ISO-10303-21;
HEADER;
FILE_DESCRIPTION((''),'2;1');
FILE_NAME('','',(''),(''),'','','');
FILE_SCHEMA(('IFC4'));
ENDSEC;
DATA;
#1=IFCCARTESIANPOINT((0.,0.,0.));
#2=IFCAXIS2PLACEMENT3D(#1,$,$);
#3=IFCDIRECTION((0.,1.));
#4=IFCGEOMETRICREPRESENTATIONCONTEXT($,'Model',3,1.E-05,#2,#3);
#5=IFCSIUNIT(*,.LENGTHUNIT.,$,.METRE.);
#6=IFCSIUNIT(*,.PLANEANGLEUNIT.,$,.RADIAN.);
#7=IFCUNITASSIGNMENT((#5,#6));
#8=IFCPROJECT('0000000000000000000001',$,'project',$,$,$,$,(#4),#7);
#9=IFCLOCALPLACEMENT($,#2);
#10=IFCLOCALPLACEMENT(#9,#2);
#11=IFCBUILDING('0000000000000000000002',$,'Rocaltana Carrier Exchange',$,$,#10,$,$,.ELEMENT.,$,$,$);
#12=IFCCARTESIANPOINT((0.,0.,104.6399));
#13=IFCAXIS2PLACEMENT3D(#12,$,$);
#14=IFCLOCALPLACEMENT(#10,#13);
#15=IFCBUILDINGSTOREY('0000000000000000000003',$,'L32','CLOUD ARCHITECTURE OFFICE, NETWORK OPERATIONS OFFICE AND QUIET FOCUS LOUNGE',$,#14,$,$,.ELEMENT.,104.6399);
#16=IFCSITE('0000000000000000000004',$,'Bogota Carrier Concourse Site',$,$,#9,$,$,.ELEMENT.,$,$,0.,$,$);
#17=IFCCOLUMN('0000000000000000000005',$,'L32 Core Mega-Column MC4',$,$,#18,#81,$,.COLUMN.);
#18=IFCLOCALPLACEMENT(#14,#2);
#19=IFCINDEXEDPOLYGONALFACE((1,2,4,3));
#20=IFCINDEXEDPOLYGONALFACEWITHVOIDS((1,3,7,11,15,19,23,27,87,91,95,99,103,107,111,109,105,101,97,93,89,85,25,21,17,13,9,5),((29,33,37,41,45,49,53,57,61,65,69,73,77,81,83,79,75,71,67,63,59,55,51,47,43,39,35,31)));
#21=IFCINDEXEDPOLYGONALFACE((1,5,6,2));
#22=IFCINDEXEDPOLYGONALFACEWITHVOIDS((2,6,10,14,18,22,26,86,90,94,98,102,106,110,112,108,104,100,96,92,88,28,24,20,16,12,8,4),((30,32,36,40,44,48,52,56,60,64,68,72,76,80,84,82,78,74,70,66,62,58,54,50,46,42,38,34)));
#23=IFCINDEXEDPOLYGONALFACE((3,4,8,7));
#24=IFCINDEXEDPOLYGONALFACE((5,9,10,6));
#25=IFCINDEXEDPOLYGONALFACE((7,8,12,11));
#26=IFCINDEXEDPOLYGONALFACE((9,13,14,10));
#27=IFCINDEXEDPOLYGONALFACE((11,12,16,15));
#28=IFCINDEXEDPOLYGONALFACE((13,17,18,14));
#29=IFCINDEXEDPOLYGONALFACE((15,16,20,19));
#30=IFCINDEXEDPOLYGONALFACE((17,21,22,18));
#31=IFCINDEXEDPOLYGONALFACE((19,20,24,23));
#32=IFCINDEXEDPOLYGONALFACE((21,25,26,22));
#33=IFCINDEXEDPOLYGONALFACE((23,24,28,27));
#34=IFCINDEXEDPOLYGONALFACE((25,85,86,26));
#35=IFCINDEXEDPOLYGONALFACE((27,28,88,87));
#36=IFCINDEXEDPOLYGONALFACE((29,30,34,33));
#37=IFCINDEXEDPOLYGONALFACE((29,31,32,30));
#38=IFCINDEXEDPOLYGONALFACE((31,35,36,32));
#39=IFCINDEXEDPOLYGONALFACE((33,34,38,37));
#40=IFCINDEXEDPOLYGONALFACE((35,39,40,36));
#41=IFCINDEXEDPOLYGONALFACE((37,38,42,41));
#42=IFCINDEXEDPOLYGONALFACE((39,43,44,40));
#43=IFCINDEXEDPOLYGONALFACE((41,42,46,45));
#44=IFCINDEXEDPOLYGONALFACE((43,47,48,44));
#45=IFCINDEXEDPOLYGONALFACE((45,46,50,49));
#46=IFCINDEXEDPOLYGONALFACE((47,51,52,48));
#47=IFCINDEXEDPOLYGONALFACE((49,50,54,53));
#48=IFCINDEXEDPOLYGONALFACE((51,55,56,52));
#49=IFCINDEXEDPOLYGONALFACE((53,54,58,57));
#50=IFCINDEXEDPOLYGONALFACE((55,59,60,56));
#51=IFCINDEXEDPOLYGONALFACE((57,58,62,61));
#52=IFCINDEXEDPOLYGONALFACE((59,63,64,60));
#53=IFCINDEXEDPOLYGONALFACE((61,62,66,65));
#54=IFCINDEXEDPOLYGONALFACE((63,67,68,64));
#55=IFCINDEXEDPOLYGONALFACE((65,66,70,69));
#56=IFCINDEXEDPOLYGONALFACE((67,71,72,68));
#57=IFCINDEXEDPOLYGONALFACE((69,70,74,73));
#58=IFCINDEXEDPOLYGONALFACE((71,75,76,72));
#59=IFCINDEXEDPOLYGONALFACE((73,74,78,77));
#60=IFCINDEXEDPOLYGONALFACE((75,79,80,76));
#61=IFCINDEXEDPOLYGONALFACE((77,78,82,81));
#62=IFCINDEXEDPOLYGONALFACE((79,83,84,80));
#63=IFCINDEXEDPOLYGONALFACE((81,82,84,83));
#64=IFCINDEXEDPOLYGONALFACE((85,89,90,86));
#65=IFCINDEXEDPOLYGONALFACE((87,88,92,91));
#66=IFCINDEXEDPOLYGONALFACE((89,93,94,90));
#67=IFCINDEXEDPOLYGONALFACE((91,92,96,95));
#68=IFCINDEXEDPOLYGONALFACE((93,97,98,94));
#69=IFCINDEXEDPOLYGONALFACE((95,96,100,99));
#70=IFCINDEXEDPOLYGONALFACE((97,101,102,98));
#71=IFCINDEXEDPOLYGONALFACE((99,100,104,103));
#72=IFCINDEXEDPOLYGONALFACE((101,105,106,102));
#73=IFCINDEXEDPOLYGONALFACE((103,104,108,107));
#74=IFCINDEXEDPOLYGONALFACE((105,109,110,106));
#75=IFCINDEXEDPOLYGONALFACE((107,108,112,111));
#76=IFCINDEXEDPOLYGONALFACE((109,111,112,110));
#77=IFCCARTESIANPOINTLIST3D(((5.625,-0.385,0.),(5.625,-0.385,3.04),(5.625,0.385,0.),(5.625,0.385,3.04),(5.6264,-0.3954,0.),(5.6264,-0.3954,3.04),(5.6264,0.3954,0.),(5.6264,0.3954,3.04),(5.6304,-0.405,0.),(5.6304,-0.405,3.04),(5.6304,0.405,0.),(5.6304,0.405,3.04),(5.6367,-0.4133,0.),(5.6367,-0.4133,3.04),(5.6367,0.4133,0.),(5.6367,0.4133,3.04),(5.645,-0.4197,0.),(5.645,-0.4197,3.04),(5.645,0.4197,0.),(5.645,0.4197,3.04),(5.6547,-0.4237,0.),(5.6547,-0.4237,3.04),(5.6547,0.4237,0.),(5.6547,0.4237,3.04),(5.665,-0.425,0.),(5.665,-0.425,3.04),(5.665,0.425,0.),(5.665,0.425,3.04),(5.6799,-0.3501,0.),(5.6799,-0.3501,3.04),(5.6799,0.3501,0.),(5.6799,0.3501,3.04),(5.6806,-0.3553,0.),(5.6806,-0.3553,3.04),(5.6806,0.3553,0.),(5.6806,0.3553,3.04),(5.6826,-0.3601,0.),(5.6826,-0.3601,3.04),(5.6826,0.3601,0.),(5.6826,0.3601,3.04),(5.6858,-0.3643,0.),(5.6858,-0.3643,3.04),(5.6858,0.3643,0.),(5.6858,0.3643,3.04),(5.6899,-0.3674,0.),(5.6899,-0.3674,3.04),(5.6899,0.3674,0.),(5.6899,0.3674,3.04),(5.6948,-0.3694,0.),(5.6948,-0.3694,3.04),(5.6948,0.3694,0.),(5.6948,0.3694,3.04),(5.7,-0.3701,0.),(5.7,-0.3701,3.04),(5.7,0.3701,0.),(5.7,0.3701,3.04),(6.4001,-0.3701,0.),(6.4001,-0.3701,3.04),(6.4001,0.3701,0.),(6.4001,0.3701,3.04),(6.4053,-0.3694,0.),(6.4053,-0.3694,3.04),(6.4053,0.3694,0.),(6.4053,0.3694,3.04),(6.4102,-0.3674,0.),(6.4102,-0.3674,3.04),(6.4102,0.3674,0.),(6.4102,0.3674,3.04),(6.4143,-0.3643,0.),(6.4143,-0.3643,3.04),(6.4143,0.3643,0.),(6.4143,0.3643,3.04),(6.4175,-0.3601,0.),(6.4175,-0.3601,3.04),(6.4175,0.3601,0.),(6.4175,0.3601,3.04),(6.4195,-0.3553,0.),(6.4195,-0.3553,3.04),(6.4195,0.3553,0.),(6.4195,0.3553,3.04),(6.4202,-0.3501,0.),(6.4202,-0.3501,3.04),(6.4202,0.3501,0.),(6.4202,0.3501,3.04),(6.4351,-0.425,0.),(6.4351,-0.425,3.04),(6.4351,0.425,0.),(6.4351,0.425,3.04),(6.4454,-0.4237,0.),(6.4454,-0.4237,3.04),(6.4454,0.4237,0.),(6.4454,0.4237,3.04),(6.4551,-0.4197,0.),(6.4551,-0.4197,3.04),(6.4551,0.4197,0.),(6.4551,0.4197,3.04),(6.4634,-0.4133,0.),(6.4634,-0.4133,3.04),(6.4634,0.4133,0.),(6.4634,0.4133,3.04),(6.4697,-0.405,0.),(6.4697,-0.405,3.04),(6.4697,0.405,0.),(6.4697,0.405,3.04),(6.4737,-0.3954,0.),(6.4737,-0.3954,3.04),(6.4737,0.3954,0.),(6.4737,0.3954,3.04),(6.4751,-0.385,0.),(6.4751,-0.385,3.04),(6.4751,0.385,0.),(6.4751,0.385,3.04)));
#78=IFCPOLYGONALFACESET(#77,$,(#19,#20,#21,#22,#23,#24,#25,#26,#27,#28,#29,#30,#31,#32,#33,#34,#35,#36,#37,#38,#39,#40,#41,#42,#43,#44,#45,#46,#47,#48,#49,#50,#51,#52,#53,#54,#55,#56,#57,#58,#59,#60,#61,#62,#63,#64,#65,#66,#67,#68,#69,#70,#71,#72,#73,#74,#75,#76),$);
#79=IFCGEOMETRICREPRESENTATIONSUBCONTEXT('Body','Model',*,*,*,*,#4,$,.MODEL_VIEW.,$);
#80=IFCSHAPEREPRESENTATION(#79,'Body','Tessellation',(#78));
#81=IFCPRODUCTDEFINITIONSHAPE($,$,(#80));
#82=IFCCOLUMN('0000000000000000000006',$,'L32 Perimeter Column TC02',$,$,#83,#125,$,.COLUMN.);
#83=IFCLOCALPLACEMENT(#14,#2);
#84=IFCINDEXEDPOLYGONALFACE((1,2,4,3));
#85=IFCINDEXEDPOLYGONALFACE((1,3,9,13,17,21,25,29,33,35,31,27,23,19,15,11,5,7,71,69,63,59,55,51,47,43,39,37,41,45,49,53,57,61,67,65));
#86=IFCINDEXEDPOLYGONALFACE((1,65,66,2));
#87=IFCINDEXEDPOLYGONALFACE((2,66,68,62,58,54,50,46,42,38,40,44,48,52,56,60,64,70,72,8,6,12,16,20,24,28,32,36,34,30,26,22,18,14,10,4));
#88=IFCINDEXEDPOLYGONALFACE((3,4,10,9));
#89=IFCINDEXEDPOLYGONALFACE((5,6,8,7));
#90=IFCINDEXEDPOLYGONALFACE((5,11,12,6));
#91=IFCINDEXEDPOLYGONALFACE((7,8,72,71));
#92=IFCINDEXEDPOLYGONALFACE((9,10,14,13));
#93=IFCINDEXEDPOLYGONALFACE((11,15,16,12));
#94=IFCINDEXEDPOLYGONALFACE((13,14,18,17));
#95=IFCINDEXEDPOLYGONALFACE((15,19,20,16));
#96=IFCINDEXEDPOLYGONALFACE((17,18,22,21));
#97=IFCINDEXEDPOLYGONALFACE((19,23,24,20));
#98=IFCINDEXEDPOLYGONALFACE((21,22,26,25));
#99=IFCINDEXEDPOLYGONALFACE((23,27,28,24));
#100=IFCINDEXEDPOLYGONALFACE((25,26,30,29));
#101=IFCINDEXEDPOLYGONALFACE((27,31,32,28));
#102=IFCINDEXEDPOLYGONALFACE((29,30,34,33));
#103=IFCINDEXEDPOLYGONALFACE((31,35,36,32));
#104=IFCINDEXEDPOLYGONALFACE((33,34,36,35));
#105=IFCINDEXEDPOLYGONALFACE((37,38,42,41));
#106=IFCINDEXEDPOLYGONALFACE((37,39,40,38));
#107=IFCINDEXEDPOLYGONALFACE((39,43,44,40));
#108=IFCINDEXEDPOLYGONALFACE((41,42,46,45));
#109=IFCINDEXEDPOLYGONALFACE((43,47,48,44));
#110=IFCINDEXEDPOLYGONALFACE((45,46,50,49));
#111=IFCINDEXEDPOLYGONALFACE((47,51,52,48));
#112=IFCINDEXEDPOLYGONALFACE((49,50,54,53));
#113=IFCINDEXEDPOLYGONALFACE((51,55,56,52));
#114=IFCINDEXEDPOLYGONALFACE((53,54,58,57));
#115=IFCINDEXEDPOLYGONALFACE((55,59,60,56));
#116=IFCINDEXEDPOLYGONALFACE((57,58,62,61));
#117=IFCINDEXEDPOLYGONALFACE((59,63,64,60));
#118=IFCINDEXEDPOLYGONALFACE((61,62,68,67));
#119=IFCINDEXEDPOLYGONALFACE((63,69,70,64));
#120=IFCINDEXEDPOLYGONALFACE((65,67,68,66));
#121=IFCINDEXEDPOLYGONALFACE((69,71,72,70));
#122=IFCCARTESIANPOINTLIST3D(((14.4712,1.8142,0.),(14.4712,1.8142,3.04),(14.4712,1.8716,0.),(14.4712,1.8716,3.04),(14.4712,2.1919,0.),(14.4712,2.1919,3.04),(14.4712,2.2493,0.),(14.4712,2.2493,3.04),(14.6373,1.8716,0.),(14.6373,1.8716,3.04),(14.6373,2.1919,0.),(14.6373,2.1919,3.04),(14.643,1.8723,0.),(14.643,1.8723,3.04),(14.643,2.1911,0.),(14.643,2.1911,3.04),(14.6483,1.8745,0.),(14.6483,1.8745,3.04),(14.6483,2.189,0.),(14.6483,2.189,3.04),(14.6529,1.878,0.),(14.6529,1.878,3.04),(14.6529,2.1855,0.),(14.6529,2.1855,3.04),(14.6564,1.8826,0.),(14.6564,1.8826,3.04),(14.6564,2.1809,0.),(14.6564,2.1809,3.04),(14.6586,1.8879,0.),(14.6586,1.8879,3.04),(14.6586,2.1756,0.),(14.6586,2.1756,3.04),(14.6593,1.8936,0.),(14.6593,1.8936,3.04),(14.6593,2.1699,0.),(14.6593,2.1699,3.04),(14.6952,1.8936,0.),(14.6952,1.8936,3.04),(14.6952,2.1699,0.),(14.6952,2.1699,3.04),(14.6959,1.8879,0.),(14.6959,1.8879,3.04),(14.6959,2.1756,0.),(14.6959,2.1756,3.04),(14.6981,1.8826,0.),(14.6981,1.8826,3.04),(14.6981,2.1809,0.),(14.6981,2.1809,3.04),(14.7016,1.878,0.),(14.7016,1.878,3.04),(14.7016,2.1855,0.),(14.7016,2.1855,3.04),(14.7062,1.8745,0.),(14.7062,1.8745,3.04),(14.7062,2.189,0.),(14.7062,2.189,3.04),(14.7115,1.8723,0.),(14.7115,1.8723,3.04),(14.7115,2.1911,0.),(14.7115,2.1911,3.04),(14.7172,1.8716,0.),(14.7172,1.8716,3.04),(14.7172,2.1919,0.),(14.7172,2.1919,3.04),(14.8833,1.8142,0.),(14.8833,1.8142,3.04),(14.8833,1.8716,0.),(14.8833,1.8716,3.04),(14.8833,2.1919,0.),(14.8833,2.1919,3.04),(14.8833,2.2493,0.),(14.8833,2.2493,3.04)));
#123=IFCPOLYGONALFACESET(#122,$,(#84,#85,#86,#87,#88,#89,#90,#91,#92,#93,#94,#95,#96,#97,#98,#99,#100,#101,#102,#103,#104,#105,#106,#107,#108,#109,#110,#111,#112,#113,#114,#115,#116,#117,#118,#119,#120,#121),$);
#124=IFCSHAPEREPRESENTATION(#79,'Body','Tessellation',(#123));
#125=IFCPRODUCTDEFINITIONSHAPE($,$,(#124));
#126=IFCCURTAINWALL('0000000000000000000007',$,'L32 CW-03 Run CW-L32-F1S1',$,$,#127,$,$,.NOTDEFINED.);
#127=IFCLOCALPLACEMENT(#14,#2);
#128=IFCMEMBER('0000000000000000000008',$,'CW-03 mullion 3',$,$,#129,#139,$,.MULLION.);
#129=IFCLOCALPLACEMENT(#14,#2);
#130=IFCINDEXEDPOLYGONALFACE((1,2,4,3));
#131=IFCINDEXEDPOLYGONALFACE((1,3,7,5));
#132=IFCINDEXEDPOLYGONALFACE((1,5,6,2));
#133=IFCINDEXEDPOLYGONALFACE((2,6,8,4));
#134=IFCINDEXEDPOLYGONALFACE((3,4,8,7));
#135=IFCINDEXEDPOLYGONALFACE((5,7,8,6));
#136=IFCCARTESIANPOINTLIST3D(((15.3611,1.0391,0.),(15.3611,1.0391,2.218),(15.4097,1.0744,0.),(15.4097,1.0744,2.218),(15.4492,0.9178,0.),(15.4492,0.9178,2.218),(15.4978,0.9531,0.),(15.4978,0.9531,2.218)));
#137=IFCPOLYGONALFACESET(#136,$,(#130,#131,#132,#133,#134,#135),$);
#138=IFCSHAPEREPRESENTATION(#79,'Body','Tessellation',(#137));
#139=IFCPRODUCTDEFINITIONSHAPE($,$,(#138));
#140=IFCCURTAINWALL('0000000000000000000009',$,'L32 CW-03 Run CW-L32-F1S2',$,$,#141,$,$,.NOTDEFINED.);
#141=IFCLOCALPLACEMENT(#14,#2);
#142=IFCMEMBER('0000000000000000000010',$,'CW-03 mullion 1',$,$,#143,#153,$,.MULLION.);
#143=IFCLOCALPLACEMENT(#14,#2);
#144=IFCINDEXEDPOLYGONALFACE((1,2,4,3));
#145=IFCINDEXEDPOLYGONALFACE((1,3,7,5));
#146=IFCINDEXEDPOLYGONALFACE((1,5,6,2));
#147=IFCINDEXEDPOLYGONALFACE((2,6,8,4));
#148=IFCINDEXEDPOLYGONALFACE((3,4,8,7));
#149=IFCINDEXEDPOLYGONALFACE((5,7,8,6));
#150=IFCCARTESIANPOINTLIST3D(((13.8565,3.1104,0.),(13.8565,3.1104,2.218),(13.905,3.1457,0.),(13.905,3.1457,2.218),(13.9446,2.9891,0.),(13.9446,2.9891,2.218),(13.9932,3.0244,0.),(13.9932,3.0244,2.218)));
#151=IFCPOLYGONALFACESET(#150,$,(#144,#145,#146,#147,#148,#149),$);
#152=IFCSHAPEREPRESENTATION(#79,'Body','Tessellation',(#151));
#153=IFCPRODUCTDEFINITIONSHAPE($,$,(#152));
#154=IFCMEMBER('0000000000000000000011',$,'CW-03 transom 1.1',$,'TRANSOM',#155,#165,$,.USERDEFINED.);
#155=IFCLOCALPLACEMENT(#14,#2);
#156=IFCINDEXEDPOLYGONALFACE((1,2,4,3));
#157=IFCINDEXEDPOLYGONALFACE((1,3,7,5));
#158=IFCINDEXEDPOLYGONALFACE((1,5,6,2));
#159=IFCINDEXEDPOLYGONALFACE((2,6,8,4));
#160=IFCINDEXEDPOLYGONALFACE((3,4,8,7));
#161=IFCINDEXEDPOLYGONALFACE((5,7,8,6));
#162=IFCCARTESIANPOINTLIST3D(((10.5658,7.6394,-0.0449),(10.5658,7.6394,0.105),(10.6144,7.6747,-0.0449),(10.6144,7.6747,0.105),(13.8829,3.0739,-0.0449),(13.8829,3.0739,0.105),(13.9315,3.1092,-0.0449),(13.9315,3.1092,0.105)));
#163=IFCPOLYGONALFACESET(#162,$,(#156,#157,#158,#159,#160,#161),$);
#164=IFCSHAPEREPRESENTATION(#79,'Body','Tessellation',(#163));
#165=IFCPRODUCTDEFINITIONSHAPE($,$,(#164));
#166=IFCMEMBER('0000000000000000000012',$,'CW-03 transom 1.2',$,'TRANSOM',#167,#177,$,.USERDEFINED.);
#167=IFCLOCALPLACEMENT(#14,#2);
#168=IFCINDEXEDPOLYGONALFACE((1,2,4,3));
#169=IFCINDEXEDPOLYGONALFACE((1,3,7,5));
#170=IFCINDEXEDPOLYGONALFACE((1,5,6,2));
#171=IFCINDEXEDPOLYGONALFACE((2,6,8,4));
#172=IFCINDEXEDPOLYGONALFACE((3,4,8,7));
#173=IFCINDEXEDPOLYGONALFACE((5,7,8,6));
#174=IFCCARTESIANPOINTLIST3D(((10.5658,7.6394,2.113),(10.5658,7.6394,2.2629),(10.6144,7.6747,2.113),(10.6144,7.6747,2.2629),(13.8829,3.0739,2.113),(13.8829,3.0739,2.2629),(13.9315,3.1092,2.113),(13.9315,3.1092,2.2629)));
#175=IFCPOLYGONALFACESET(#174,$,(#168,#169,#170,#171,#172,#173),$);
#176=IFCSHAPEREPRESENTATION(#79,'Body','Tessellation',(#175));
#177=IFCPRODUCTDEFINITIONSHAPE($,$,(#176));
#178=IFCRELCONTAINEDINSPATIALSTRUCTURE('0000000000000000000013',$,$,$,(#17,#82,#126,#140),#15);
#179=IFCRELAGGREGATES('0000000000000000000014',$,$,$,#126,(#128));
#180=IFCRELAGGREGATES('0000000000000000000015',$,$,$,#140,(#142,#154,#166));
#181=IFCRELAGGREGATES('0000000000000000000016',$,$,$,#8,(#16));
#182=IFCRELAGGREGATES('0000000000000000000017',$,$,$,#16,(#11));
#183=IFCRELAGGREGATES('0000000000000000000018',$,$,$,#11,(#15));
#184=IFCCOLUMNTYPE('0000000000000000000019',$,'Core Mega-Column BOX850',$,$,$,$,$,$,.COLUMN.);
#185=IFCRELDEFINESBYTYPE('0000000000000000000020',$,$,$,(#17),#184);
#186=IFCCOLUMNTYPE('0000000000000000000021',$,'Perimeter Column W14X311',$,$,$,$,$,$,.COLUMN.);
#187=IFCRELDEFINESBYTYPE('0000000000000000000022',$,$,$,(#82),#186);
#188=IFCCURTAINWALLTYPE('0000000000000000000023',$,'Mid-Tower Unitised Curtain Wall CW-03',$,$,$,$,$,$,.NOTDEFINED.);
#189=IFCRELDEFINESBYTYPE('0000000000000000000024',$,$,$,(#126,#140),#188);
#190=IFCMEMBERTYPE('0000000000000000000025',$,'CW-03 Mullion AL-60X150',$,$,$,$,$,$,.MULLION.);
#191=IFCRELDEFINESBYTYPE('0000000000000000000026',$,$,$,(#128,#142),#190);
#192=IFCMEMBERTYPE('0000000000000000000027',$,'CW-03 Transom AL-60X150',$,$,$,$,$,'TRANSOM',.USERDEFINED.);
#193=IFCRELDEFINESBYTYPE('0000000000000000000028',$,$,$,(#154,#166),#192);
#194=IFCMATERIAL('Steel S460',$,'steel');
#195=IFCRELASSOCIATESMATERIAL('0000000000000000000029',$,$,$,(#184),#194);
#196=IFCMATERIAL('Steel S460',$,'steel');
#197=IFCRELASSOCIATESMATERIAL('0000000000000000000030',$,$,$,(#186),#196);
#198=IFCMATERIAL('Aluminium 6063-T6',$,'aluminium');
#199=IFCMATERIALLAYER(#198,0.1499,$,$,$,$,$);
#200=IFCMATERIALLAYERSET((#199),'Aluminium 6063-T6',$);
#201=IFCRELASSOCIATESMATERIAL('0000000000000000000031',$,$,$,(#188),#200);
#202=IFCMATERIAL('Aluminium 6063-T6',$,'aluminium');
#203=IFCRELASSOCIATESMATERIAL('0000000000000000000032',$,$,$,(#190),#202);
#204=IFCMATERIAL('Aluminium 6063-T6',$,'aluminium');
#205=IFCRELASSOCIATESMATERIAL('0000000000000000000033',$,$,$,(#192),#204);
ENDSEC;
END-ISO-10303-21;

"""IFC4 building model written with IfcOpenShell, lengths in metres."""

from ifc_helpers import new_model, si_unit, direction, frame, origin, origin_2d, place, context, subcontext, project, spatial, rectangle, hollow_rectangle, i_section, extrude, material, layer, layer_set, material_profile, profile_set, type_object, element, aggregate, save


model = new_model("IFC4")

# Units and contexts
model_context = context("Model", 3, precision=1e-05, world=origin(), true_north=direction((0.0, 1.0)))
body_context = subcontext(model_context, "Body", "Model", "MODEL_VIEW")
ifc_project = project(units=[si_unit("LENGTHUNIT", "METRE"), si_unit("PLANEANGLEUNIT", "RADIAN")], contexts=[model_context])

# Site, building, storey
site_placement = place(None, origin())
site = spatial("IfcSite", under=ifc_project, at=site_placement, Name="Bogota Carrier Concourse Site", CompositionType="ELEMENT", RefElevation=0.0)
building_placement = place(site_placement, origin())
building = spatial("IfcBuilding", under=site, at=building_placement, Name="Rocaltana Carrier Exchange", CompositionType="ELEMENT")
storey_placement = place(building_placement, frame((0.0, 0.0, 104.6399)))
storey = spatial("IfcBuildingStorey", under=building, at=storey_placement, Name="L32", Description="CLOUD ARCHITECTURE OFFICE, NETWORK OPERATIONS OFFICE AND QUIET FOCUS LOUNGE", CompositionType="ELEMENT", Elevation=104.6399)

# Columns
ifc_material_1 = material(Name="Steel S460", Category="steel")
ifc_material_profile_1 = material_profile(ifc_material_1, hollow_rectangle(XDim=0.8501, YDim=0.8501, WallThickness=0.0549, InnerFilletRadius=0.02, OuterFilletRadius=0.04, at=origin_2d()), Name="BOX850X850X55")
ifc_profile_set_1 = profile_set([ifc_material_profile_1], Name="Steel S460")
column_type_1 = type_object("IfcColumnType", Name="Core Mega-Column BOX850", PredefinedType="COLUMN", material=ifc_profile_set_1)
column_1_placement = place(storey_placement, frame((6.05, 0.0, 0.0), z_axis=(0.0, 0.0, 1.0), x_axis=(1.0, 0.0, 0.0)))
element("IfcColumn", 1, at=column_1_placement, inside=storey, type_object=column_type_1, Name="L32 Core Mega-Column MC4", PredefinedType="COLUMN", context=body_context, shape_type="SweptSolid", body=[
    extrude(hollow_rectangle(XDim=0.8501, YDim=0.8501, WallThickness=0.0549, InnerFilletRadius=0.02, OuterFilletRadius=0.04, at=origin_2d()), origin(), (0.0, 0.0, 1.0), 3.04),
])
ifc_material_2 = material(Name="Steel S460", Category="steel")
ifc_material_profile_2 = material_profile(ifc_material_2, i_section(OverallWidth=0.4121, OverallDepth=0.4351, WebThickness=0.0359, FlangeThickness=0.0574, FilletRadius=0.022, at=origin_2d()), Name="W14X311")
ifc_profile_set_2 = profile_set([ifc_material_profile_2], Name="Steel S460")
column_type_2 = type_object("IfcColumnType", Name="Perimeter Column W14X311", PredefinedType="COLUMN", material=ifc_profile_set_2)
column_2_placement = place(storey_placement, frame((14.6772, 2.0317, 0.0), z_axis=(0.0, 0.0, 1.0), x_axis=(1.0, 0.0, 0.0)))
element("IfcColumn", 2, at=column_2_placement, inside=storey, type_object=column_type_2, Name="L32 Perimeter Column TC02", PredefinedType="COLUMN", context=body_context, shape_type="SweptSolid", body=[
    extrude(i_section(OverallWidth=0.4121, OverallDepth=0.4351, WebThickness=0.0359, FlangeThickness=0.0574, FilletRadius=0.022, at=origin_2d()), origin(), (0.0, 0.0, 1.0), 3.04),
])

# Curtain wall, member
ifc_material_3 = material(Name="Aluminium 6063-T6", Category="aluminium")
ifc_layer_1 = layer(ifc_material_3, 0.1499)
ifc_layer_set_1 = layer_set([ifc_layer_1], Name="Aluminium 6063-T6")
curtain_wall_type = type_object("IfcCurtainWallType", Name="Mid-Tower Unitised Curtain Wall CW-03", PredefinedType="NOTDEFINED", material=ifc_layer_set_1)
curtain_wall_1_placement = place(storey_placement, origin())
curtain_wall_1 = element("IfcCurtainWall", 3, at=curtain_wall_1_placement, inside=storey, type_object=curtain_wall_type, Name="L32 CW-03 Run CW-L32-F1S1", PredefinedType="NOTDEFINED")
ifc_material_4 = material(Name="Aluminium 6063-T6", Category="aluminium")
ifc_material_profile_3 = material_profile(ifc_material_4, rectangle(XDim=0.0601, YDim=0.1499, at=origin_2d()), Name="AL-60X150")
ifc_profile_set_3 = profile_set([ifc_material_profile_3], Name="Aluminium 6063-T6")
member_type_1 = type_object("IfcMemberType", Name="CW-03 Mullion AL-60X150", PredefinedType="MULLION", material=ifc_profile_set_3)
member_1_placement = place(storey_placement, frame((15.4294, 0.9961, 0.0), z_axis=(0.0, 0.0, 1.0), x_axis=(-0.809014, -0.58779, 0.0)))
member_1 = element("IfcMember", 4, at=member_1_placement, type_object=member_type_1, Name="CW-03 mullion 3", PredefinedType="MULLION", context=body_context, shape_type="SweptSolid", body=[
    extrude(rectangle(XDim=0.0601, YDim=0.1499, at=origin_2d()), origin(), (0.0, 0.0, 1.0), 2.218),
])
aggregate(curtain_wall_1, [member_1])

# Curtain wall, members
curtain_wall_2_placement = place(storey_placement, origin())
curtain_wall_2 = element("IfcCurtainWall", 5, at=curtain_wall_2_placement, inside=storey, type_object=curtain_wall_type, Name="L32 CW-03 Run CW-L32-F1S2", PredefinedType="NOTDEFINED")
member_2_placement = place(storey_placement, frame((13.9248, 3.0674, 0.0), z_axis=(0.0, 0.0, 1.0), x_axis=(-0.809014, -0.58779, 0.0)))
member_2 = element("IfcMember", 6, at=member_2_placement, type_object=member_type_1, Name="CW-03 mullion 1", PredefinedType="MULLION", context=body_context, shape_type="SweptSolid", body=[
    extrude(rectangle(XDim=0.0601, YDim=0.1499, at=origin_2d()), origin(), (0.0, 0.0, 1.0), 2.218),
])
ifc_material_5 = material(Name="Aluminium 6063-T6", Category="aluminium")
ifc_material_profile_4 = material_profile(ifc_material_5, rectangle(XDim=0.0601, YDim=0.1499, at=origin_2d()), Name="AL-60X150")
ifc_profile_set_4 = profile_set([ifc_material_profile_4], Name="Aluminium 6063-T6")
member_type_2 = type_object("IfcMemberType", Name="CW-03 Transom AL-60X150", ElementType="TRANSOM", PredefinedType="USERDEFINED", material=ifc_profile_set_4)
member_3_placement = place(storey_placement, frame((13.9072, 3.0916, 0.03), z_axis=(-0.587804, 0.809004, 0.0), x_axis=(-0.809004, -0.587804, 0.0)))
member_3 = element("IfcMember", 7, at=member_3_placement, type_object=member_type_2, Name="CW-03 transom 1.1", ObjectType="TRANSOM", PredefinedType="USERDEFINED", context=body_context, shape_type="SweptSolid", body=[
    extrude(rectangle(XDim=0.0601, YDim=0.1499, at=origin_2d()), origin(), (0.0, 0.0, 1.0), 5.6433),
])
member_4_placement = place(storey_placement, frame((13.9072, 3.0916, 2.188), z_axis=(-0.587804, 0.809004, 0.0), x_axis=(-0.809004, -0.587804, 0.0)))
member_4 = element("IfcMember", 8, at=member_4_placement, type_object=member_type_2, Name="CW-03 transom 1.2", ObjectType="TRANSOM", PredefinedType="USERDEFINED", context=body_context, shape_type="SweptSolid", body=[
    extrude(rectangle(XDim=0.0601, YDim=0.1499, at=origin_2d()), origin(), (0.0, 0.0, 1.0), 5.6433),
])
aggregate(curtain_wall_2, [member_2, member_3, member_4])

save(model, "model.ifc")
